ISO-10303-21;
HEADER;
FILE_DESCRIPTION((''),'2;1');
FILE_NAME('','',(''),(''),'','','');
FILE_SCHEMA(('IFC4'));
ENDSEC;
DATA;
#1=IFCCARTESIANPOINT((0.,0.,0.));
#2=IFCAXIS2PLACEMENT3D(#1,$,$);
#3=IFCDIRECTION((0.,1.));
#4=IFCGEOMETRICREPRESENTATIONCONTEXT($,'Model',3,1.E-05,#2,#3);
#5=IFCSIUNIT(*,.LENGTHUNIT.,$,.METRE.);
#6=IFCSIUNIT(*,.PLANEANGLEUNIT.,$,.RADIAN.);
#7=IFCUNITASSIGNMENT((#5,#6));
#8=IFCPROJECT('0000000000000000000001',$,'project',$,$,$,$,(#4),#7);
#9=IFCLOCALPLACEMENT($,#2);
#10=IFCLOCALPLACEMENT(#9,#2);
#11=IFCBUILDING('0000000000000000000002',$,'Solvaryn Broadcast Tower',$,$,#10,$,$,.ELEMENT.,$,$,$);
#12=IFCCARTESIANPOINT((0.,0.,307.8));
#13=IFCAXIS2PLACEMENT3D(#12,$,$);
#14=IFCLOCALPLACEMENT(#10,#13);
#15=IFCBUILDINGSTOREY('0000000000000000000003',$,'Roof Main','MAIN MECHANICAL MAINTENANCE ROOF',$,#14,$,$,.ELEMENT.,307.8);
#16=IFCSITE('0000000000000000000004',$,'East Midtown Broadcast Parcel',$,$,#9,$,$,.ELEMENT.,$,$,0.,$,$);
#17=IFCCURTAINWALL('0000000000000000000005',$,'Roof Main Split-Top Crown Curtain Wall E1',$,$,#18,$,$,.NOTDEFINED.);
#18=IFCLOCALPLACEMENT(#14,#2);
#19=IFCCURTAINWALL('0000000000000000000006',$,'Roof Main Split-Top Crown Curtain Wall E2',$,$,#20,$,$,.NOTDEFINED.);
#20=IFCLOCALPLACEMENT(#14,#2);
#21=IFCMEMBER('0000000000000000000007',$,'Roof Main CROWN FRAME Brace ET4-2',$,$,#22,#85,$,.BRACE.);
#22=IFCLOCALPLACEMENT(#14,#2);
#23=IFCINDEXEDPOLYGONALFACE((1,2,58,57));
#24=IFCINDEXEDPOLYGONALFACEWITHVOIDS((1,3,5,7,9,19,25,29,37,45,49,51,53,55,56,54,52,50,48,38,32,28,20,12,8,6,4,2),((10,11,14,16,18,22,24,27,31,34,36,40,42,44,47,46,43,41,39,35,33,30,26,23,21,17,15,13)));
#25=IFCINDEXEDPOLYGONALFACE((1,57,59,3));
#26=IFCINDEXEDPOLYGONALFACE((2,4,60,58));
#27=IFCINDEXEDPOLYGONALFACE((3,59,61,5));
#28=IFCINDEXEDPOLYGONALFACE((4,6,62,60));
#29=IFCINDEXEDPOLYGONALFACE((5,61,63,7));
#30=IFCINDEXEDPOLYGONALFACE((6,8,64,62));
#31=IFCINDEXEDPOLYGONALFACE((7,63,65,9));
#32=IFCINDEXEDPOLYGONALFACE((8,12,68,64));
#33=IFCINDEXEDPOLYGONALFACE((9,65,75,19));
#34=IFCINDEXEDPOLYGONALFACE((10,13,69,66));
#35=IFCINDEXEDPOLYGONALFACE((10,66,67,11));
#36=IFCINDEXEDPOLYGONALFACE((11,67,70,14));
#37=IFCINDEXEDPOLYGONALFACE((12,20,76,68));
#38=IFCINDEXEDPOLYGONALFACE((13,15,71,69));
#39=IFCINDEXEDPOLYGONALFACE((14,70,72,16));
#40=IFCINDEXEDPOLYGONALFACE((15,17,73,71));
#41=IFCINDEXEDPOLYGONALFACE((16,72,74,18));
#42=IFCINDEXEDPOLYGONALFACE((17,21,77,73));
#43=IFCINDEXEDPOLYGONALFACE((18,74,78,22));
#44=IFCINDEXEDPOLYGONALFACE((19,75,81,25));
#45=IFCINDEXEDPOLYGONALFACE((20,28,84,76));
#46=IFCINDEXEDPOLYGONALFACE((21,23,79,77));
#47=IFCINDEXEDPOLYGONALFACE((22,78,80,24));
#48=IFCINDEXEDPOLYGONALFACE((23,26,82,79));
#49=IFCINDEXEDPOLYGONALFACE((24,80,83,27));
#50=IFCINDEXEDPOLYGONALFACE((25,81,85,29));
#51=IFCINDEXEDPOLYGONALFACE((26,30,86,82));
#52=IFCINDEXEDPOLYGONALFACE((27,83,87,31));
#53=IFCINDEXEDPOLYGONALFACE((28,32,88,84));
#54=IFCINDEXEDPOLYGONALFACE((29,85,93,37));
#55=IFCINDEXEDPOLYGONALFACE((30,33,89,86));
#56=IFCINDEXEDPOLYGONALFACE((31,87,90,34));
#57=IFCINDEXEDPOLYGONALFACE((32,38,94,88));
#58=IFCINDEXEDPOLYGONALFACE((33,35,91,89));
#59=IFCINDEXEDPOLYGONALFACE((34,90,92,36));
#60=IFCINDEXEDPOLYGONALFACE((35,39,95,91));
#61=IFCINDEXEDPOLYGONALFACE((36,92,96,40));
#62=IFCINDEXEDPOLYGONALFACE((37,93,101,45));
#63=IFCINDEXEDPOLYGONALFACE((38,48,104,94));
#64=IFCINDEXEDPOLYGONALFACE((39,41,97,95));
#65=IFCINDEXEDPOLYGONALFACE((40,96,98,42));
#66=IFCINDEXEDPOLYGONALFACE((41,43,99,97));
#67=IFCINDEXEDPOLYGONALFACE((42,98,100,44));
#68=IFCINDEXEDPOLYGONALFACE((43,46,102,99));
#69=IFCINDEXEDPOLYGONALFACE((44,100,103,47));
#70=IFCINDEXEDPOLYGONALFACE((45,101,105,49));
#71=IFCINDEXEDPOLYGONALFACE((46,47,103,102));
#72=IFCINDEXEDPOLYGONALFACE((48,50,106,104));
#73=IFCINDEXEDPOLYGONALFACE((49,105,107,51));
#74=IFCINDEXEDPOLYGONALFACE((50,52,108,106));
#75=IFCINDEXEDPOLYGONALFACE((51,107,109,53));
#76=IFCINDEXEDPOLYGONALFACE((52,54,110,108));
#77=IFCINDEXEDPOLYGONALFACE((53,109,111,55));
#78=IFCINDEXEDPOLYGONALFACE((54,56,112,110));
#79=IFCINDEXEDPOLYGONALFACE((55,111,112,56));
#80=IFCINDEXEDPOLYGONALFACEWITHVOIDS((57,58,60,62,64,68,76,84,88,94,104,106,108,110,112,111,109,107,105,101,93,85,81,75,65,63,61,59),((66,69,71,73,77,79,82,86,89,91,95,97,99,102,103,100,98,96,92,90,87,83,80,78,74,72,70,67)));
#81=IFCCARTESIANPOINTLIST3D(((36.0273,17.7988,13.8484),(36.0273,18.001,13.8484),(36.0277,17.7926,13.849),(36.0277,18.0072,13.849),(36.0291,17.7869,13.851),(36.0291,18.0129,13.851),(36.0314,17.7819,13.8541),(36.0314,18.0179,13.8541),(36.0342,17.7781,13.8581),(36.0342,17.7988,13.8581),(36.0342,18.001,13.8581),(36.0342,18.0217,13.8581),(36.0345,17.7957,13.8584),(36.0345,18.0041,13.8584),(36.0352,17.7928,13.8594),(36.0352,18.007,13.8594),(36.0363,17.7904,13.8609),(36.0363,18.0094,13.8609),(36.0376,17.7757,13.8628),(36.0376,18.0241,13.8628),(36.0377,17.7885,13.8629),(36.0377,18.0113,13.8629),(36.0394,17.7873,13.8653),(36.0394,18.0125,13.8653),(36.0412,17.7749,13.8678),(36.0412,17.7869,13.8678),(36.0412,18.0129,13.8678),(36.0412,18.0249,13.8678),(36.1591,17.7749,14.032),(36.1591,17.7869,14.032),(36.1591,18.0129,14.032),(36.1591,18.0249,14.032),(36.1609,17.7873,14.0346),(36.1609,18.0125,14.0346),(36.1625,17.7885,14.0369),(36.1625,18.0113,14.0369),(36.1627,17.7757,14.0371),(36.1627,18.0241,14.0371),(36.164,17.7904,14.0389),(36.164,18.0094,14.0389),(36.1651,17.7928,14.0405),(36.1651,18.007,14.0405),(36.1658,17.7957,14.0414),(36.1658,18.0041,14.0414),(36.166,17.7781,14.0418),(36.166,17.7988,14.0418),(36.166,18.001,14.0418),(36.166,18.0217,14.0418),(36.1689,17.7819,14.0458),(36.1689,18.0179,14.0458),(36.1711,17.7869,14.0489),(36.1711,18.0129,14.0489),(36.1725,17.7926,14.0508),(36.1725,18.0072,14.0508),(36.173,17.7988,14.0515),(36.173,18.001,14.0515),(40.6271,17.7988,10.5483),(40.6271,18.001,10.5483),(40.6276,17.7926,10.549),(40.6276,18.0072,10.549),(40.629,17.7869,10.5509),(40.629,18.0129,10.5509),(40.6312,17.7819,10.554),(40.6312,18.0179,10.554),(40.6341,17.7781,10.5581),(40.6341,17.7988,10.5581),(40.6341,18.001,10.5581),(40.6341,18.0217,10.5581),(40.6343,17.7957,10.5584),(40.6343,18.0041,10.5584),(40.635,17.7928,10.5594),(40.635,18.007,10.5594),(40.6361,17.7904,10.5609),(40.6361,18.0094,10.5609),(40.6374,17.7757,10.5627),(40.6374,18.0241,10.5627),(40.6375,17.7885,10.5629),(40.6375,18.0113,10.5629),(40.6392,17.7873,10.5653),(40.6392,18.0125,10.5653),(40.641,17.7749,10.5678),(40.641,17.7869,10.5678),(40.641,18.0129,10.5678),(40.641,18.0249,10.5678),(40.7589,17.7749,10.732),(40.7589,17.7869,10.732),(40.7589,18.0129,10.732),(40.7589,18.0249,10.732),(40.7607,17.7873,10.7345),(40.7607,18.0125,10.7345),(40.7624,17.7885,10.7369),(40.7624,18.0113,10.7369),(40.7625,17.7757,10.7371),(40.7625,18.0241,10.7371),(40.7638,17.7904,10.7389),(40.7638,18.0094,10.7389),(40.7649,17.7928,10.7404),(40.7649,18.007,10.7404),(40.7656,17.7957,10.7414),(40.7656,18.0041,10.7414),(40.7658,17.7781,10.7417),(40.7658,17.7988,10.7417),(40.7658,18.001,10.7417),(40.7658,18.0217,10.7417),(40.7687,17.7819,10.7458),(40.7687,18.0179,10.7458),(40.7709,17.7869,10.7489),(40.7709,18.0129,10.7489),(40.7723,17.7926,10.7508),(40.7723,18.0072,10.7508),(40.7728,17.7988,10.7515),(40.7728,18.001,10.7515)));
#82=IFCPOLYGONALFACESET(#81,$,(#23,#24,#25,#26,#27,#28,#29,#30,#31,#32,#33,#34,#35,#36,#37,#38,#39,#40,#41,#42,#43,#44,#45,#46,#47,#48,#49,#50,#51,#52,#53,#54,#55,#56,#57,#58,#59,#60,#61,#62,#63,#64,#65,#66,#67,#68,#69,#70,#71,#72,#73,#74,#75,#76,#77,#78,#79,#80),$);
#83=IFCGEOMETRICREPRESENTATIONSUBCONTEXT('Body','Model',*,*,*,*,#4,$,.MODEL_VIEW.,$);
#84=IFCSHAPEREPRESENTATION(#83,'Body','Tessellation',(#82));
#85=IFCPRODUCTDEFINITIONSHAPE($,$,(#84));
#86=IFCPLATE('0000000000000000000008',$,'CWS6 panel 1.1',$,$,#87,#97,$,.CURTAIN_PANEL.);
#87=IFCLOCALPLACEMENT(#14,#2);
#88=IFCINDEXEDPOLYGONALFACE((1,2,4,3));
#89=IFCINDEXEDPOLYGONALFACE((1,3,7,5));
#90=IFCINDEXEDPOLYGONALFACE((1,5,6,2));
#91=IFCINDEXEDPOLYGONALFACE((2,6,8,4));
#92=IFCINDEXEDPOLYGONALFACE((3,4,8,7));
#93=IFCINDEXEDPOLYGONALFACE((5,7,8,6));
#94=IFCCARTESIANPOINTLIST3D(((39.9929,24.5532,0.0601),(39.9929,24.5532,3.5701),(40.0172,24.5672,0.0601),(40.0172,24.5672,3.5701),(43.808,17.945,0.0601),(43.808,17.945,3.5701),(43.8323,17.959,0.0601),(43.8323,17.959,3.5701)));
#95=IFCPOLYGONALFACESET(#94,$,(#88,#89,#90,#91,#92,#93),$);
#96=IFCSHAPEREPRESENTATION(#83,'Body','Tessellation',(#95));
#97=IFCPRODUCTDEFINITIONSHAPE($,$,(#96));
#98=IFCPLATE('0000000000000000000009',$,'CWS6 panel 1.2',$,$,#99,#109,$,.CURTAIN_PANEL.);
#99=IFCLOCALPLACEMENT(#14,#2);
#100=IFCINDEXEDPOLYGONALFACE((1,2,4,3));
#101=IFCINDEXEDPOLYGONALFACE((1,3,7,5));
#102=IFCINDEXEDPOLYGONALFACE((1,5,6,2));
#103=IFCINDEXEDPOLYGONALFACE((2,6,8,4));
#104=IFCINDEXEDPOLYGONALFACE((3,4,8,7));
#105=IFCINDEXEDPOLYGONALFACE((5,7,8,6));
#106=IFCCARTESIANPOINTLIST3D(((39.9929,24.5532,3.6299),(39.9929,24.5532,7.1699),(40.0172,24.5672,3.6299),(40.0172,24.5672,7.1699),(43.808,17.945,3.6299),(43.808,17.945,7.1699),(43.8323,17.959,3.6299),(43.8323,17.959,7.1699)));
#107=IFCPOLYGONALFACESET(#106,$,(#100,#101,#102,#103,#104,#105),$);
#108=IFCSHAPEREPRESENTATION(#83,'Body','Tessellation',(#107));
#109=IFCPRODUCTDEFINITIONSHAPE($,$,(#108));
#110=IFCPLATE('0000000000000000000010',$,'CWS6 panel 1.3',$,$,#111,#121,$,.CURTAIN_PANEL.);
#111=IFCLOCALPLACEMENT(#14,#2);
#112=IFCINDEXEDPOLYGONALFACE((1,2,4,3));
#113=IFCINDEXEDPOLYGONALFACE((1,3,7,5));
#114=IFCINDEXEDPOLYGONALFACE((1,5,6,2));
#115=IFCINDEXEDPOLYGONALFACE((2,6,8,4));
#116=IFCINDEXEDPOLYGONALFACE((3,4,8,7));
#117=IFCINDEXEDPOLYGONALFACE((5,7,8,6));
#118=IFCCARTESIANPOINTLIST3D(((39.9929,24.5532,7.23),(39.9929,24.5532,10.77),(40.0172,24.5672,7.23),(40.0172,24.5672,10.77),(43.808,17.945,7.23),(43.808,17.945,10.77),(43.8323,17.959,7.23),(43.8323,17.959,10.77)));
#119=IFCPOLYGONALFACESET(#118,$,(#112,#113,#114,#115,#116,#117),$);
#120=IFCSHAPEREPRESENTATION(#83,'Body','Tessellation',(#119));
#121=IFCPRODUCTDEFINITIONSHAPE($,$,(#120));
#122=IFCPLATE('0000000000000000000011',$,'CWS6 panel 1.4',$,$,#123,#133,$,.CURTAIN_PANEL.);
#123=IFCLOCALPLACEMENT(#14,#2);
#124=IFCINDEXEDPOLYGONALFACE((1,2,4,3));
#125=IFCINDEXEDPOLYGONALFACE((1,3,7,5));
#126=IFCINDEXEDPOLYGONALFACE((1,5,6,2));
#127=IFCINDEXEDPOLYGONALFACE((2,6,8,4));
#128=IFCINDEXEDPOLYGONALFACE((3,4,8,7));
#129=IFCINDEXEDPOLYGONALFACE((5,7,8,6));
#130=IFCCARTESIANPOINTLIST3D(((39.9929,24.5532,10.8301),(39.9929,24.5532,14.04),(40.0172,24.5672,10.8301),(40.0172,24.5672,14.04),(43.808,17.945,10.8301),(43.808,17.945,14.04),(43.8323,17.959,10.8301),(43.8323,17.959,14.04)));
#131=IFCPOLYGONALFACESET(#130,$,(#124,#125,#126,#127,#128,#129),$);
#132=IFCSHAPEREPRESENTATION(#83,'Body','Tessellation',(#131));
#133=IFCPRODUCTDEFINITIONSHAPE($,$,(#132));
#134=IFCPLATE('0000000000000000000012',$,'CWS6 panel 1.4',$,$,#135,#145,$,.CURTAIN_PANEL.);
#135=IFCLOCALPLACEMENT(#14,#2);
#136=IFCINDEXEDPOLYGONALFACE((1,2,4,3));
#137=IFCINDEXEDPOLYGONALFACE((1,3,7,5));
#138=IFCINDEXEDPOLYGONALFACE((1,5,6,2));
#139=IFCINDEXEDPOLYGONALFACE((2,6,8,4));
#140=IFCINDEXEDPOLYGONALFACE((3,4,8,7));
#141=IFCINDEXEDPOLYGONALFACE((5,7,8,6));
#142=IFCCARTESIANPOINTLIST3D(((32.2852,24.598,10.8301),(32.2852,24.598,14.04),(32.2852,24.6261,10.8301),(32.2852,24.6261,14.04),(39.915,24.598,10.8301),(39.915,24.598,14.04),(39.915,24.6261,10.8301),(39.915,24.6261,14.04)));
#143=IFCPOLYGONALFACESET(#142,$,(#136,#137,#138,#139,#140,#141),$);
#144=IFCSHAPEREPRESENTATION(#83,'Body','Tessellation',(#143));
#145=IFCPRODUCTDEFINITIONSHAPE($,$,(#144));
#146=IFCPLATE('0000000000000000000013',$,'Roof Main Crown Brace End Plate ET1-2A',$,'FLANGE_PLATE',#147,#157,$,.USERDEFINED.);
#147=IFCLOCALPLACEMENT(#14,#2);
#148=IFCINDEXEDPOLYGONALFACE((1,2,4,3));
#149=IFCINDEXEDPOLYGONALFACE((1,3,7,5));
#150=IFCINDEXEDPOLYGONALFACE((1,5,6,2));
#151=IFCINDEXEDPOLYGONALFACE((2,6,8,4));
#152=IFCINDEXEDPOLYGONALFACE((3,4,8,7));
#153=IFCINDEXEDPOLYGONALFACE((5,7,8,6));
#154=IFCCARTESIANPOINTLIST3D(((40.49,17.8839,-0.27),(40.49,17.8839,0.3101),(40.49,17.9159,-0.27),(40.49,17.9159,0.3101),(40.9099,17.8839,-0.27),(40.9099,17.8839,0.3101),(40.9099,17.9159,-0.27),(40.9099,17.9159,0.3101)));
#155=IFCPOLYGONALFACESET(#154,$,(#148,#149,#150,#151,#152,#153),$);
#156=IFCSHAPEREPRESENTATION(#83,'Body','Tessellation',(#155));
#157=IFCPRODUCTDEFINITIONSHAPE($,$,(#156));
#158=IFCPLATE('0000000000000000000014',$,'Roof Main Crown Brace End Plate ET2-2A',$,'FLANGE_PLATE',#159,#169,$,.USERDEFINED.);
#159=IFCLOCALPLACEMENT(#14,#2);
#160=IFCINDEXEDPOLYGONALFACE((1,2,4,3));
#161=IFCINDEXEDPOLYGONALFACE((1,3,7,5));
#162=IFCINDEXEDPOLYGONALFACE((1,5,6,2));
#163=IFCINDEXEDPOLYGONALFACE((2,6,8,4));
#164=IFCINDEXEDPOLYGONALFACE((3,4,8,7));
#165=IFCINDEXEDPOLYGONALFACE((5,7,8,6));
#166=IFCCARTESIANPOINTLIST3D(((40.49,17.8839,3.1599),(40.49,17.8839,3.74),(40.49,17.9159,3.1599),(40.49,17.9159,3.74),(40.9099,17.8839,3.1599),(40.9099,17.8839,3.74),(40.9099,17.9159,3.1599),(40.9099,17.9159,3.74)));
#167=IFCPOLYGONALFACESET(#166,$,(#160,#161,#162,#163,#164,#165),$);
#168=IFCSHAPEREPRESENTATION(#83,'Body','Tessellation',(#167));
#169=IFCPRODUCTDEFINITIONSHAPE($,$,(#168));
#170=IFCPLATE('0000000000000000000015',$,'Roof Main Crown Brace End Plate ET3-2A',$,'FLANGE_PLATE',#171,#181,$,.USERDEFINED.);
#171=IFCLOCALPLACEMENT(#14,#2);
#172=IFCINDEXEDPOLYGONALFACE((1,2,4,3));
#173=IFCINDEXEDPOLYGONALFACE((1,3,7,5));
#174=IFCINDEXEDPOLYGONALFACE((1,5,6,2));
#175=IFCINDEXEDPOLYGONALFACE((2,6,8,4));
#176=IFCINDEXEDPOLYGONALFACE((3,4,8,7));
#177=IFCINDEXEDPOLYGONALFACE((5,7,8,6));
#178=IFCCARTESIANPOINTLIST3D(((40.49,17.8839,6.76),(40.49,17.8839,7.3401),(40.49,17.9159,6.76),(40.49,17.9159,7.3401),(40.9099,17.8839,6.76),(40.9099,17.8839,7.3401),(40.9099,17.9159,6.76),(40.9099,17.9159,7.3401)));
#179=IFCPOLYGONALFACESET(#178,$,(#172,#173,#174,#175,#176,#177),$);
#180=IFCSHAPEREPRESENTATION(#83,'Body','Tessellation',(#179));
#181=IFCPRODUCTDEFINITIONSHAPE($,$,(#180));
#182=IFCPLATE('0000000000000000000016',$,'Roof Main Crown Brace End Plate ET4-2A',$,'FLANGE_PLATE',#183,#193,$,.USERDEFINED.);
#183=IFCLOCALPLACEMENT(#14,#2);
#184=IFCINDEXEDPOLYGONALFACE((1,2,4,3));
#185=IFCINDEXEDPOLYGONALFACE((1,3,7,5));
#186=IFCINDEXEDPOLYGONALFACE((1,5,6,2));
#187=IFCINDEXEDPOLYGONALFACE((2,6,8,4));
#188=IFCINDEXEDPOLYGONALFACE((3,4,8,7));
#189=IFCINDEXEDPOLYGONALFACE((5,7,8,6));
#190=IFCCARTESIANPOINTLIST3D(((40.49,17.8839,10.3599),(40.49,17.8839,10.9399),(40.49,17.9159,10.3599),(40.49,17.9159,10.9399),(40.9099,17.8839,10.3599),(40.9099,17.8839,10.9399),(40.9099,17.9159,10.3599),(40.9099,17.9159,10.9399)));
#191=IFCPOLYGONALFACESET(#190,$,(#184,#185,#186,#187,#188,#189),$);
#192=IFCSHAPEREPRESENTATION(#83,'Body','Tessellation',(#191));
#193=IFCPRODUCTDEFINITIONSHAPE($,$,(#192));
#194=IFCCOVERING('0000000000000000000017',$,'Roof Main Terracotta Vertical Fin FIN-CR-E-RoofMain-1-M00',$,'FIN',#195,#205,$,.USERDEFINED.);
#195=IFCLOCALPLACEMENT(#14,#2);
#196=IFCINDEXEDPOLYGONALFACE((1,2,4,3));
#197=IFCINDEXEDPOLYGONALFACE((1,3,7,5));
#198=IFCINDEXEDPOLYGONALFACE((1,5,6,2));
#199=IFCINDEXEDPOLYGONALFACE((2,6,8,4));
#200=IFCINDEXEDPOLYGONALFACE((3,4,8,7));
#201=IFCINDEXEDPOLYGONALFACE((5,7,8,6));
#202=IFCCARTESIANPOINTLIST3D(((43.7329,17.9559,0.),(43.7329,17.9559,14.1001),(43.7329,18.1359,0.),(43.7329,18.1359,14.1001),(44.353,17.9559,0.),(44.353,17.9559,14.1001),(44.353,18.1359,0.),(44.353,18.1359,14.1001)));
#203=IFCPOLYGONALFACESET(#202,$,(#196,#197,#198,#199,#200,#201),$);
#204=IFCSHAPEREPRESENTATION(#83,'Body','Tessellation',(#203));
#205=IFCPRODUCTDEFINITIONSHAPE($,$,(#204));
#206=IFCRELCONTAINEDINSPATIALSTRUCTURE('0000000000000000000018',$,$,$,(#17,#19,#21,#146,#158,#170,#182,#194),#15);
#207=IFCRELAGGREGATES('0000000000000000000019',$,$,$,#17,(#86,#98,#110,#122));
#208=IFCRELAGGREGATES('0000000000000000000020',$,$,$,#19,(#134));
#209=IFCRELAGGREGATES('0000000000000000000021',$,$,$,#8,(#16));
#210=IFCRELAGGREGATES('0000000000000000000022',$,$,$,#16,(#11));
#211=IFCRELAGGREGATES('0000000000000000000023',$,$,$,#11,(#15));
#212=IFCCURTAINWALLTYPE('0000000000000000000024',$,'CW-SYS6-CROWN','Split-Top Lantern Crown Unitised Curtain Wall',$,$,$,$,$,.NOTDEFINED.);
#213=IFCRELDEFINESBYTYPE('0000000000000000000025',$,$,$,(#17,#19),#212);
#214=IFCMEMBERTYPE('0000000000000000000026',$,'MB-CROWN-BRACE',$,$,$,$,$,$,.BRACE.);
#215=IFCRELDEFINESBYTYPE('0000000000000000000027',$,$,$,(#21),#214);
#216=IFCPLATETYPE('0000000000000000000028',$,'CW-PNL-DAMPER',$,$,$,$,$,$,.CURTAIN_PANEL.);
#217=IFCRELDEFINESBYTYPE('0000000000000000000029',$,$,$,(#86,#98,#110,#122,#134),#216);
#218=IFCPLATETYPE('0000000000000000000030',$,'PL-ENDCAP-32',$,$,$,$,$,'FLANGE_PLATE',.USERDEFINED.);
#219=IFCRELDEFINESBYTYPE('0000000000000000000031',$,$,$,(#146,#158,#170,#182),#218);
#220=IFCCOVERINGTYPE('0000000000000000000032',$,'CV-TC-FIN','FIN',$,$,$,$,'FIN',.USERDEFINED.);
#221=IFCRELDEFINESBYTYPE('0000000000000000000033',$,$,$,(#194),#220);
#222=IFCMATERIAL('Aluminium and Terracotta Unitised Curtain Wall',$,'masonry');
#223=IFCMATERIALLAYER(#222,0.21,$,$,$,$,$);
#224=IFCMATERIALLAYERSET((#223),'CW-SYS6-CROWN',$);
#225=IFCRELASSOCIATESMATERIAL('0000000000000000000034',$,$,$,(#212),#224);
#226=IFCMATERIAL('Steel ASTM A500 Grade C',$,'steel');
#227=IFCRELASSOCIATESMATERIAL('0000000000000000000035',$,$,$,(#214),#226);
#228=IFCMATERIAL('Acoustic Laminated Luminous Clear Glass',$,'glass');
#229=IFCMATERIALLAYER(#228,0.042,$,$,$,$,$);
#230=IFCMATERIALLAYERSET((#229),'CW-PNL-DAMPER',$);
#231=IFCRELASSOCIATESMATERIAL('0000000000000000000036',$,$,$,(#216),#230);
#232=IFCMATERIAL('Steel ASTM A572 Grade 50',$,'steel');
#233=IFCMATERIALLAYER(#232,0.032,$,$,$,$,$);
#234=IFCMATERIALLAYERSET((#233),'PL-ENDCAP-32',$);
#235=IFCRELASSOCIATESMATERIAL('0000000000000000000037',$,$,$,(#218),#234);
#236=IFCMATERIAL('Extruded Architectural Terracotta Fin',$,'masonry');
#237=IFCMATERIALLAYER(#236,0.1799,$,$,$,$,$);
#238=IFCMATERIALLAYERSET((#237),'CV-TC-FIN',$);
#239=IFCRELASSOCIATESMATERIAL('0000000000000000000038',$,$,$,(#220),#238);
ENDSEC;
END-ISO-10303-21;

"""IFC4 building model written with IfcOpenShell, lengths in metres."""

from ifc_helpers import new_model, si_unit, direction, frame, origin, origin_2d, place, context, subcontext, project, spatial, rectangle, hollow_rectangle, extrude, material, layer, layer_set, material_profile, profile_set, type_object, element, aggregate, save


model = new_model("IFC4")

# Units and contexts
model_context = context("Model", 3, precision=1e-05, world=origin(), true_north=direction((0.0, 1.0)))
body_context = subcontext(model_context, "Body", "Model", "MODEL_VIEW")
ifc_project = project(units=[si_unit("LENGTHUNIT", "METRE"), si_unit("PLANEANGLEUNIT", "RADIAN")], contexts=[model_context])

# Site, building, storey
site_placement = place(None, origin())
site = spatial("IfcSite", under=ifc_project, at=site_placement, Name="East Midtown Broadcast Parcel", CompositionType="ELEMENT", RefElevation=0.0)
building_placement = place(site_placement, origin())
building = spatial("IfcBuilding", under=site, at=building_placement, Name="Solvaryn Broadcast Tower", CompositionType="ELEMENT")
storey_placement = place(building_placement, frame((0.0, 0.0, 307.8)))
storey = spatial("IfcBuildingStorey", under=building, at=storey_placement, Name="Roof Main", Description="MAIN MECHANICAL MAINTENANCE ROOF", CompositionType="ELEMENT", Elevation=307.8)

# Curtain wall
ifc_material_1 = material(Name="Aluminium and Terracotta Unitised Curtain Wall", Category="masonry")
ifc_layer_1 = layer(ifc_material_1, 0.21)
ifc_layer_set_1 = layer_set([ifc_layer_1], Name="CW-SYS6-CROWN")
curtain_wall_type = type_object("IfcCurtainWallType", Name="CW-SYS6-CROWN", Description="Split-Top Lantern Crown Unitised Curtain Wall", PredefinedType="NOTDEFINED", material=ifc_layer_set_1)
curtain_wall_1_placement = place(storey_placement, origin())
curtain_wall_1 = element("IfcCurtainWall", 1, at=curtain_wall_1_placement, inside=storey, type_object=curtain_wall_type, Name="Roof Main Split-Top Crown Curtain Wall E1", PredefinedType="NOTDEFINED")

# Curtain wall
curtain_wall_2_placement = place(storey_placement, origin())
curtain_wall_2 = element("IfcCurtainWall", 2, at=curtain_wall_2_placement, inside=storey, type_object=curtain_wall_type, Name="Roof Main Split-Top Crown Curtain Wall E2", PredefinedType="NOTDEFINED")

# Member
ifc_material_2 = material(Name="Steel ASTM A500 Grade C", Category="steel")
ifc_material_profile_1 = material_profile(ifc_material_2, hollow_rectangle(XDim=0.25, YDim=0.25, WallThickness=0.012, InnerFilletRadius=0.012, OuterFilletRadius=0.0239, at=origin_2d()))
ifc_profile_set_1 = profile_set([ifc_material_profile_1], Name="Steel ASTM A500 Grade C")
member_type_1 = type_object("IfcMemberType", Name="MB-CROWN-BRACE", PredefinedType="BRACE", material=ifc_profile_set_1)
member_1_placement = place(storey_placement, frame((40.7, 17.8999, 10.6499), z_axis=(-0.812525, 0.0, 0.582926), x_axis=(0.0, -1.0, 0.0)))
element("IfcMember", 3, at=member_1_placement, inside=storey, type_object=member_type_1, Name="Roof Main CROWN FRAME Brace ET4-2", PredefinedType="BRACE", context=body_context, shape_type="SweptSolid", body=[
    extrude(hollow_rectangle(XDim=0.25, YDim=0.25, WallThickness=0.012, InnerFilletRadius=0.012, OuterFilletRadius=0.0239, at=origin_2d()), origin(), (0.0, 0.0, 1.0), 5.6611),
])

# Plates
ifc_material_3 = material(Name="Acoustic Laminated Luminous Clear Glass", Category="glass")
ifc_layer_2 = layer(ifc_material_3, 0.042)
ifc_layer_set_2 = layer_set([ifc_layer_2], Name="CW-PNL-DAMPER")
plate_type_1 = type_object("IfcPlateType", Name="CW-PNL-DAMPER", PredefinedType="CURTAIN_PANEL", material=ifc_layer_set_2)
plate_1_placement = place(storey_placement, frame((41.9126, 21.2561, 0.0601), z_axis=(0.0, 0.0, 1.0), x_axis=(-0.499983, 0.866035, 0.0)))
plate_1 = element("IfcPlate", 4, at=plate_1_placement, type_object=plate_type_1, Name="CWS6 panel 1.1", PredefinedType="CURTAIN_PANEL", context=body_context, shape_type="SweptSolid", body=[
    extrude(rectangle(XDim=7.6304, YDim=0.0281, at=origin_2d()), origin(), (0.0, 0.0, 1.0), 3.51),
])
plate_2_placement = place(storey_placement, frame((41.9126, 21.2561, 3.6299), z_axis=(0.0, 0.0, 1.0), x_axis=(-0.499983, 0.866035, 0.0)))
plate_2 = element("IfcPlate", 5, at=plate_2_placement, type_object=plate_type_1, Name="CWS6 panel 1.2", PredefinedType="CURTAIN_PANEL", context=body_context, shape_type="SweptSolid", body=[
    extrude(rectangle(XDim=7.6304, YDim=0.0281, at=origin_2d()), origin(), (0.0, 0.0, 1.0), 3.54),
])
plate_3_placement = place(storey_placement, frame((41.9126, 21.2561, 7.23), z_axis=(0.0, 0.0, 1.0), x_axis=(-0.499983, 0.866035, 0.0)))
plate_3 = element("IfcPlate", 6, at=plate_3_placement, type_object=plate_type_1, Name="CWS6 panel 1.3", PredefinedType="CURTAIN_PANEL", context=body_context, shape_type="SweptSolid", body=[
    extrude(rectangle(XDim=7.6304, YDim=0.0281, at=origin_2d()), origin(), (0.0, 0.0, 1.0), 3.54),
])
plate_4_placement = place(storey_placement, frame((41.9126, 21.2561, 10.8301), z_axis=(0.0, 0.0, 1.0), x_axis=(-0.499983, 0.866035, 0.0)))
plate_4 = element("IfcPlate", 7, at=plate_4_placement, type_object=plate_type_1, Name="CWS6 panel 1.4", PredefinedType="CURTAIN_PANEL", context=body_context, shape_type="SweptSolid", body=[
    extrude(rectangle(XDim=7.6304, YDim=0.0281, at=origin_2d()), origin(), (0.0, 0.0, 1.0), 3.21),
])
aggregate(curtain_wall_1, [plate_1, plate_2, plate_3, plate_4])
plate_5_placement = place(storey_placement, frame((36.1001, 24.6121, 10.8301), z_axis=(0.0, 0.0, 1.0), x_axis=(-1.0, 0.0, 0.0)))
plate_5 = element("IfcPlate", 8, at=plate_5_placement, type_object=plate_type_1, Name="CWS6 panel 1.4", PredefinedType="CURTAIN_PANEL", context=body_context, shape_type="SweptSolid", body=[
    extrude(rectangle(XDim=7.6299, YDim=0.0281, at=origin_2d()), origin(), (0.0, 0.0, 1.0), 3.21),
])
aggregate(curtain_wall_2, [plate_5])

# Plates
ifc_material_4 = material(Name="Steel ASTM A572 Grade 50", Category="steel")
ifc_layer_3 = layer(ifc_material_4, 0.032)
ifc_layer_set_3 = layer_set([ifc_layer_3], Name="PL-ENDCAP-32")
plate_type_2 = type_object("IfcPlateType", Name="PL-ENDCAP-32", ElementType="FLANGE_PLATE", PredefinedType="USERDEFINED", material=ifc_layer_set_3)
for number, where, z_axis, x_axis, name in (
    (9, (40.7, 17.8999, -0.27), (0.0, 0.0, 1.0), (1.0, 0.0, 0.0), "Roof Main Crown Brace End Plate ET1-2A"),
    (10, (40.7, 17.8999, 3.1599), (0.0, 0.0, 1.0), (1.0, 0.0, 0.0), "Roof Main Crown Brace End Plate ET2-2A"),
    (11, (40.7, 17.8999, 6.76), (0.0, 0.0, 1.0), (1.0, 0.0, 0.0), "Roof Main Crown Brace End Plate ET3-2A"),
    (12, (40.7, 17.8999, 10.3599), (0.0, 0.0, 1.0), (1.0, 0.0, 0.0), "Roof Main Crown Brace End Plate ET4-2A"),
):
    element("IfcPlate", number, at=place(storey_placement, frame(where, z_axis=z_axis, x_axis=x_axis)), inside=storey, type_object=plate_type_2, Name=name, ObjectType="FLANGE_PLATE", PredefinedType="USERDEFINED", context=body_context, shape_type="SweptSolid", body=[
        extrude(rectangle(XDim=0.4199, YDim=0.032, at=origin_2d()), origin(), (0.0, 0.0, 1.0), 0.5801),
    ])

# Covering
ifc_material_5 = material(Name="Extruded Architectural Terracotta Fin", Category="masonry")
ifc_layer_4 = layer(ifc_material_5, 0.1799)
ifc_layer_set_4 = layer_set([ifc_layer_4], Name="CV-TC-FIN")
covering_type = type_object("IfcCoveringType", Name="CV-TC-FIN", Description="FIN", ElementType="FIN", PredefinedType="USERDEFINED", material=ifc_layer_set_4)
for number, where, z_axis, x_axis, name in (
    (13, (44.043, 18.0459, 0.0), (0.0, 0.0, 1.0), (1.0, 0.0, 0.0), "Roof Main Terracotta Vertical Fin FIN-CR-E-RoofMain-1-M00"),
):
    element("IfcCovering", number, at=place(storey_placement, frame(where, z_axis=z_axis, x_axis=x_axis)), inside=storey, type_object=covering_type, Name=name, ObjectType="FIN", PredefinedType="USERDEFINED", context=body_context, shape_type="SweptSolid", body=[
        extrude(rectangle(XDim=0.6201, YDim=0.1799, at=origin_2d()), origin(), (0.0, 0.0, 1.0), 14.1001),
    ])

save(model, "model.ifc")
